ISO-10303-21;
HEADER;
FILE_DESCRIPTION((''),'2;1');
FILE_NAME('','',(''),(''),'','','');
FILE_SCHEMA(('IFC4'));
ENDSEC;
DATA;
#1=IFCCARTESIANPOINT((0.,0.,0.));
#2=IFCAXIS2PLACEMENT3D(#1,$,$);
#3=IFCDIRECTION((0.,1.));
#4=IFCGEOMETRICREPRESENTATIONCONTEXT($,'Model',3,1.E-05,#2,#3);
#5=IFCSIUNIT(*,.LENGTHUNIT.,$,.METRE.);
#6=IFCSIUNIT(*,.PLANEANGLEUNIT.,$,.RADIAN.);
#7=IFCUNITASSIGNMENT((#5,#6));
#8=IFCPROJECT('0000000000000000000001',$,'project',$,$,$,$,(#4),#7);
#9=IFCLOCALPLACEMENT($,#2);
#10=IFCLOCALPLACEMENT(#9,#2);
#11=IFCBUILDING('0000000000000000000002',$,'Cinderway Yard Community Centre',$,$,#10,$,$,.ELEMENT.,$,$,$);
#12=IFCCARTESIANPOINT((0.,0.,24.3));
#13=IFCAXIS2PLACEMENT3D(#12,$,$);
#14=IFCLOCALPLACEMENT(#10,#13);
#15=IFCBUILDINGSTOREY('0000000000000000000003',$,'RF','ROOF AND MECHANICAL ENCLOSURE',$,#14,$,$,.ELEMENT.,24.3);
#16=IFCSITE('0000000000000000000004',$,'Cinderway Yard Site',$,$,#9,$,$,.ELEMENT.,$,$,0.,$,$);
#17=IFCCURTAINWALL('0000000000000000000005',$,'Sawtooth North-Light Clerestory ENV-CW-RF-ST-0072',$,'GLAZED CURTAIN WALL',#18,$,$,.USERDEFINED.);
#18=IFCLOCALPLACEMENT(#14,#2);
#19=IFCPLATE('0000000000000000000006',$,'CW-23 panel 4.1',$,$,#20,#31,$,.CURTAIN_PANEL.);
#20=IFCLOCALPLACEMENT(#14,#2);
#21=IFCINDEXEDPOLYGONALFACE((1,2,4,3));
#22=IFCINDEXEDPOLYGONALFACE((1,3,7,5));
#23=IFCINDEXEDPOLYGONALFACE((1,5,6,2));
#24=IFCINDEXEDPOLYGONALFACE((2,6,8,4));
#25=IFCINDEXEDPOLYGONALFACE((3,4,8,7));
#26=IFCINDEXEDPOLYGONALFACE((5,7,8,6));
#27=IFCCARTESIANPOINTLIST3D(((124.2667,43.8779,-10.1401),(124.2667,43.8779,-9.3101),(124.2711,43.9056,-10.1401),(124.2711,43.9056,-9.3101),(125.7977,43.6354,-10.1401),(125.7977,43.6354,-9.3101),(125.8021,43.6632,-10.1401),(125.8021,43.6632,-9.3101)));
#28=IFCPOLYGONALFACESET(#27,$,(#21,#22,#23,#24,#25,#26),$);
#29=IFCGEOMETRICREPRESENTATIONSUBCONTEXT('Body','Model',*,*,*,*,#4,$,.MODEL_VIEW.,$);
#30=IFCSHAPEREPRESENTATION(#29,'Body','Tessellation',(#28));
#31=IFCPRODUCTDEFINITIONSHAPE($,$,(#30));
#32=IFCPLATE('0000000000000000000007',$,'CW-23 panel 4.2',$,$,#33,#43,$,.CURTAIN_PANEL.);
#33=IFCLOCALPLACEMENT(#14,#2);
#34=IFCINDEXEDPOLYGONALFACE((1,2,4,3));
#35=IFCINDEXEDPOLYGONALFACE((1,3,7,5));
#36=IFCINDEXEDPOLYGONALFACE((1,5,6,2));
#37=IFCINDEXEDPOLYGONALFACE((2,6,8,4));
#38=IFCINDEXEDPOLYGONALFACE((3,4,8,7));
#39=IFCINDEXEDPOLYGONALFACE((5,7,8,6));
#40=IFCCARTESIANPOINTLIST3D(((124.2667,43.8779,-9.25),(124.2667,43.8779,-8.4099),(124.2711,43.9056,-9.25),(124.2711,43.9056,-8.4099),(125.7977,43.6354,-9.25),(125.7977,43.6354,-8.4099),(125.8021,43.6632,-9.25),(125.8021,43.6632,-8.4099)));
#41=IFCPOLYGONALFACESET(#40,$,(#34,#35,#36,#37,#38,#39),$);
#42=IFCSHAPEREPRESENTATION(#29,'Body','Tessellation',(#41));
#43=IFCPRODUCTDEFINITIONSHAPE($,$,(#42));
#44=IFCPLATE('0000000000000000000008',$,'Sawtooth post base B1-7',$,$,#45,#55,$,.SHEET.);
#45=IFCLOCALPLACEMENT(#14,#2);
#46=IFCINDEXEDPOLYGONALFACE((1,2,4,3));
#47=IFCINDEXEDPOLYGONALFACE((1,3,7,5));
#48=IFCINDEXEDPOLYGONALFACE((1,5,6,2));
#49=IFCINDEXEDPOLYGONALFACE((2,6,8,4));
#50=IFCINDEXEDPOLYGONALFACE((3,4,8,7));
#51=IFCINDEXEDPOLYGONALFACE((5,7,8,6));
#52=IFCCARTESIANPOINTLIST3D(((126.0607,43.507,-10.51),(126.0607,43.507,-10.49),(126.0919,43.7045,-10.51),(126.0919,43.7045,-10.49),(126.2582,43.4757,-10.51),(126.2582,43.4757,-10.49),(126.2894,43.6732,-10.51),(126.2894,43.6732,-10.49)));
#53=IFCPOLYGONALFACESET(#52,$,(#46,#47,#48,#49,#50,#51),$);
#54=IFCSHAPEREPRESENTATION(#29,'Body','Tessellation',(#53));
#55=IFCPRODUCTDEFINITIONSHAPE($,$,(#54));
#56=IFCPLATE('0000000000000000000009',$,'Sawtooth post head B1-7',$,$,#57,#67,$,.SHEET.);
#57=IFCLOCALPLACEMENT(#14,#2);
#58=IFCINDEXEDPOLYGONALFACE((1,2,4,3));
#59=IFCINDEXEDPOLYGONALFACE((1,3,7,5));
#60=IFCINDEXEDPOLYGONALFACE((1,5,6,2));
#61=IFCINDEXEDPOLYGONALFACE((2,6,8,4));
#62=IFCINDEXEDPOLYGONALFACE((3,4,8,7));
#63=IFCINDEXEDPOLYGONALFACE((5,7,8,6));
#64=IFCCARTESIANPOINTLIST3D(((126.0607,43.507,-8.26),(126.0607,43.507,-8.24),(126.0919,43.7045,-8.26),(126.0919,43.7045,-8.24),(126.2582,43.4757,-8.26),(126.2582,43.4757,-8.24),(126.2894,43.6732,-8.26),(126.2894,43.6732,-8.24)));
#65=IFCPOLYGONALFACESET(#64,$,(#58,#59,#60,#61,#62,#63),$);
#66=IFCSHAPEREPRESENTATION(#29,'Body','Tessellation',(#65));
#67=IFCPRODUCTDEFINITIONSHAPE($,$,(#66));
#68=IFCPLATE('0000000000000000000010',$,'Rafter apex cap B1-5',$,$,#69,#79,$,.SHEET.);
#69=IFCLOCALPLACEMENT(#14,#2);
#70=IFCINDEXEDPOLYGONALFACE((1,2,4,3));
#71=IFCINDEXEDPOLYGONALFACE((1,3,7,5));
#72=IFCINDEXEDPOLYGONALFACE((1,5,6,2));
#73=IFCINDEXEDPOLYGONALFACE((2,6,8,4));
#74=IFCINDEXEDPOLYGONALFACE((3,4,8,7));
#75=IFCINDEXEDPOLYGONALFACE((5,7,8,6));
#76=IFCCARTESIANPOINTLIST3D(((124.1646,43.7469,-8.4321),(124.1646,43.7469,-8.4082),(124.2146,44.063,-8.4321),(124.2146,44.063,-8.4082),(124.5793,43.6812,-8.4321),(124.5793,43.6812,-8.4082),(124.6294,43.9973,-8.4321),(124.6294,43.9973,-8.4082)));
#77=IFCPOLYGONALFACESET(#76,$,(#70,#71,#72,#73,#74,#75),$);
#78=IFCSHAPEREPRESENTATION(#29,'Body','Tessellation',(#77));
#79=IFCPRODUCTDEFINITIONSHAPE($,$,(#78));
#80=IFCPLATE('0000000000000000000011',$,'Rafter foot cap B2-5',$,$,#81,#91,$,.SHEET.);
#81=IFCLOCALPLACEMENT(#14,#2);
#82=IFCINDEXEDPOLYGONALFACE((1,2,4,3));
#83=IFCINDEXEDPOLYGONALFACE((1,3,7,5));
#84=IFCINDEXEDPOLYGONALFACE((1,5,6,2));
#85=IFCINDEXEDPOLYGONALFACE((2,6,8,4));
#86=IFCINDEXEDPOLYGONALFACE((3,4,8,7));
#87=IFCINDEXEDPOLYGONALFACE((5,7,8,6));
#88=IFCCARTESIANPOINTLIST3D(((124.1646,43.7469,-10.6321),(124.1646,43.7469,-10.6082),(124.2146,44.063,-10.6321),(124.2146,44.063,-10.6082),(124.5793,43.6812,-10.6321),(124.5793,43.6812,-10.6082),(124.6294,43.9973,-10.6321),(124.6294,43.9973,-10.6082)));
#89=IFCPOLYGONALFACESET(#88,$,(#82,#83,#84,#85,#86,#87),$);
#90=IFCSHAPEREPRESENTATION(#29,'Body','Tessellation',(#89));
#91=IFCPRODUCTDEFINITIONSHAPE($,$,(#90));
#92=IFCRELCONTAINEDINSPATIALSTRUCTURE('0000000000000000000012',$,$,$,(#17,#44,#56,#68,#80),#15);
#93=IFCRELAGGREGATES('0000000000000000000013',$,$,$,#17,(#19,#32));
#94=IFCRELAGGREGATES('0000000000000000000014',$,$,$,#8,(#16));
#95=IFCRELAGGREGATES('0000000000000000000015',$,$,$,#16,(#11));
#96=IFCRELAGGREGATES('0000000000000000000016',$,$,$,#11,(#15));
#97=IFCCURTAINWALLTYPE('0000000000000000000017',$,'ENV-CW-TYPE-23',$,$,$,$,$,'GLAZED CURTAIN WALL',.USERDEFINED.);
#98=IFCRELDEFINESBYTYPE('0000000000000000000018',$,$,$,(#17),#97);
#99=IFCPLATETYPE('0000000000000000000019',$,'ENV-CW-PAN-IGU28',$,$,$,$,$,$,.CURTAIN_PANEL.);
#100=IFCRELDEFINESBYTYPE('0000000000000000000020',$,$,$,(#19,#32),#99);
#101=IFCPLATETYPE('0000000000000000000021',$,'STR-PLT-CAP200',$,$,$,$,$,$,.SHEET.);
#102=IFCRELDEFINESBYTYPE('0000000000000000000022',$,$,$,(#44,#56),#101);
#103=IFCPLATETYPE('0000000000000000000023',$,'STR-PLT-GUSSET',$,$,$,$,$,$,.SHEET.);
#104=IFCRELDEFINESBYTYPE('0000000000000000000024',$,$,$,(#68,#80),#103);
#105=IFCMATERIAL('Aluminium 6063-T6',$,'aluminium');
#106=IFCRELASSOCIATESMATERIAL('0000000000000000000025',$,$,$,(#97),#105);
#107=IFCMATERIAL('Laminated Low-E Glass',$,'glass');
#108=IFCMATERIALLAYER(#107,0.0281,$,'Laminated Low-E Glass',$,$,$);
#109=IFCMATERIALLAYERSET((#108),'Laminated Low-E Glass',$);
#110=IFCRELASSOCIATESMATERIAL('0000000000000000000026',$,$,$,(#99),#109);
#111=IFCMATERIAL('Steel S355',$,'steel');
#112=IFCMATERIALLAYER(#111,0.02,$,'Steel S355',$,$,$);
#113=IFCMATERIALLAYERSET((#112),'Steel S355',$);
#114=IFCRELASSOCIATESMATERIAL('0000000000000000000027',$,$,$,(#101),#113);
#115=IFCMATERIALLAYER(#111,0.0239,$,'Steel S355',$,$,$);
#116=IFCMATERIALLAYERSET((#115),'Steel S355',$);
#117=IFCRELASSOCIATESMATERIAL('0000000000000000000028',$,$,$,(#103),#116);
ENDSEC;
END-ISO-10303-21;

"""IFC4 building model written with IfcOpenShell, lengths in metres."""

from ifc_helpers import new_model, si_unit, direction, frame, origin, origin_2d, place, context, subcontext, project, spatial, rectangle, extrude, material, layer, layer_set, type_object, element, aggregate, save


model = new_model("IFC4")

# Units and contexts
model_context = context("Model", 3, precision=1e-05, world=origin(), true_north=direction((0.0, 1.0)))
body_context = subcontext(model_context, "Body", "Model", "MODEL_VIEW")
ifc_project = project(units=[si_unit("LENGTHUNIT", "METRE"), si_unit("PLANEANGLEUNIT", "RADIAN")], contexts=[model_context])

# Site, building, storey
site_placement = place(None, origin())
site = spatial("IfcSite", under=ifc_project, at=site_placement, Name="Cinderway Yard Site", CompositionType="ELEMENT", RefElevation=0.0)
building_placement = place(site_placement, origin())
building = spatial("IfcBuilding", under=site, at=building_placement, Name="Cinderway Yard Community Centre", CompositionType="ELEMENT")
storey_placement = place(building_placement, frame((0.0, 0.0, 24.3)))
storey = spatial("IfcBuildingStorey", under=building, at=storey_placement, Name="RF", Description="ROOF AND MECHANICAL ENCLOSURE", CompositionType="ELEMENT", Elevation=24.3)

# Curtain wall
ifc_material_1 = material(Name="Aluminium 6063-T6", Category="aluminium")
curtain_wall_type = type_object("IfcCurtainWallType", Name="ENV-CW-TYPE-23", ElementType="GLAZED CURTAIN WALL", PredefinedType="USERDEFINED", material=ifc_material_1)
curtain_wall_1_placement = place(storey_placement, origin())
curtain_wall_1 = element("IfcCurtainWall", 1, at=curtain_wall_1_placement, inside=storey, type_object=curtain_wall_type, Name="Sawtooth North-Light Clerestory ENV-CW-RF-ST-0072", ObjectType="GLAZED CURTAIN WALL", PredefinedType="USERDEFINED")

# Shared definitions
ifc_material_2 = material(Name="Steel S355", Category="steel")

# Plates
ifc_material_3 = material(Name="Laminated Low-E Glass", Category="glass")
ifc_layer_1 = layer(ifc_material_3, 0.0281, Name="Laminated Low-E Glass")
ifc_layer_set_1 = layer_set([ifc_layer_1], Name="Laminated Low-E Glass")
plate_type_1 = type_object("IfcPlateType", Name="ENV-CW-PAN-IGU28", PredefinedType="CURTAIN_PANEL", material=ifc_layer_set_1)
plate_1_placement = place(storey_placement, frame((125.0344, 43.7705, -10.1401), z_axis=(0.0, 0.0, 1.0), x_axis=(0.987692, -0.156409, 0.0)))
plate_1 = element("IfcPlate", 2, at=plate_1_placement, type_object=plate_type_1, Name="CW-23 panel 4.1", PredefinedType="CURTAIN_PANEL", context=body_context, shape_type="SweptSolid", body=[
    extrude(rectangle(XDim=1.55, YDim=0.0281, at=origin_2d()), origin(), (0.0, 0.0, 1.0), 0.8301),
])
plate_2_placement = place(storey_placement, frame((125.0344, 43.7705, -9.25), z_axis=(0.0, 0.0, 1.0), x_axis=(0.987692, -0.156409, 0.0)))
plate_2 = element("IfcPlate", 3, at=plate_2_placement, type_object=plate_type_1, Name="CW-23 panel 4.2", PredefinedType="CURTAIN_PANEL", context=body_context, shape_type="SweptSolid", body=[
    extrude(rectangle(XDim=1.55, YDim=0.0281, at=origin_2d()), origin(), (0.0, 0.0, 1.0), 0.8401),
])
aggregate(curtain_wall_1, [plate_1, plate_2])

# Plates
ifc_layer_2 = layer(ifc_material_2, 0.02, Name="Steel S355")
ifc_layer_set_2 = layer_set([ifc_layer_2], Name="Steel S355")
plate_type_2 = type_object("IfcPlateType", Name="STR-PLT-CAP200", PredefinedType="SHEET", material=ifc_layer_set_2)
for number, where, z_axis, x_axis, name in (
    (4, (126.175, 43.5901, -10.51), (0.0, 0.0, 1.0), (0.987688, -0.156434, 0.0), "Sawtooth post base B1-7"),
    (5, (126.175, 43.5901, -8.26), (0.0, 0.0, 1.0), (0.987688, -0.156434, 0.0), "Sawtooth post head B1-7"),
):
    element("IfcPlate", number, at=place(storey_placement, frame(where, z_axis=z_axis, x_axis=x_axis)), inside=storey, type_object=plate_type_2, Name=name, PredefinedType="SHEET", context=body_context, shape_type="SweptSolid", body=[
        extrude(rectangle(XDim=0.2, YDim=0.2, at=origin_2d()), origin(), (0.0, 0.0, 1.0), 0.02),
    ])
ifc_layer_3 = layer(ifc_material_2, 0.0239, Name="Steel S355")
ifc_layer_set_3 = layer_set([ifc_layer_3], Name="Steel S355")
plate_type_3 = type_object("IfcPlateType", Name="STR-PLT-GUSSET", PredefinedType="SHEET", material=ifc_layer_set_3)
for number, where, z_axis, x_axis, name in (
    (6, (124.397, 43.8721, -8.4321), (0.0, 0.0, 1.0), (0.987688, -0.156434, 0.0), "Rafter apex cap B1-5"),
    (7, (124.397, 43.8721, -10.6321), (0.0, 0.0, 1.0), (0.987688, -0.156434, 0.0), "Rafter foot cap B2-5"),
):
    element("IfcPlate", number, at=place(storey_placement, frame(where, z_axis=z_axis, x_axis=x_axis)), inside=storey, type_object=plate_type_3, Name=name, PredefinedType="SHEET", context=body_context, shape_type="SweptSolid", body=[
        extrude(rectangle(XDim=0.4199, YDim=0.3201, at=origin_2d()), origin(), (0.0, 0.0, 1.0), 0.0239),
    ])

save(model, "model.ifc")
